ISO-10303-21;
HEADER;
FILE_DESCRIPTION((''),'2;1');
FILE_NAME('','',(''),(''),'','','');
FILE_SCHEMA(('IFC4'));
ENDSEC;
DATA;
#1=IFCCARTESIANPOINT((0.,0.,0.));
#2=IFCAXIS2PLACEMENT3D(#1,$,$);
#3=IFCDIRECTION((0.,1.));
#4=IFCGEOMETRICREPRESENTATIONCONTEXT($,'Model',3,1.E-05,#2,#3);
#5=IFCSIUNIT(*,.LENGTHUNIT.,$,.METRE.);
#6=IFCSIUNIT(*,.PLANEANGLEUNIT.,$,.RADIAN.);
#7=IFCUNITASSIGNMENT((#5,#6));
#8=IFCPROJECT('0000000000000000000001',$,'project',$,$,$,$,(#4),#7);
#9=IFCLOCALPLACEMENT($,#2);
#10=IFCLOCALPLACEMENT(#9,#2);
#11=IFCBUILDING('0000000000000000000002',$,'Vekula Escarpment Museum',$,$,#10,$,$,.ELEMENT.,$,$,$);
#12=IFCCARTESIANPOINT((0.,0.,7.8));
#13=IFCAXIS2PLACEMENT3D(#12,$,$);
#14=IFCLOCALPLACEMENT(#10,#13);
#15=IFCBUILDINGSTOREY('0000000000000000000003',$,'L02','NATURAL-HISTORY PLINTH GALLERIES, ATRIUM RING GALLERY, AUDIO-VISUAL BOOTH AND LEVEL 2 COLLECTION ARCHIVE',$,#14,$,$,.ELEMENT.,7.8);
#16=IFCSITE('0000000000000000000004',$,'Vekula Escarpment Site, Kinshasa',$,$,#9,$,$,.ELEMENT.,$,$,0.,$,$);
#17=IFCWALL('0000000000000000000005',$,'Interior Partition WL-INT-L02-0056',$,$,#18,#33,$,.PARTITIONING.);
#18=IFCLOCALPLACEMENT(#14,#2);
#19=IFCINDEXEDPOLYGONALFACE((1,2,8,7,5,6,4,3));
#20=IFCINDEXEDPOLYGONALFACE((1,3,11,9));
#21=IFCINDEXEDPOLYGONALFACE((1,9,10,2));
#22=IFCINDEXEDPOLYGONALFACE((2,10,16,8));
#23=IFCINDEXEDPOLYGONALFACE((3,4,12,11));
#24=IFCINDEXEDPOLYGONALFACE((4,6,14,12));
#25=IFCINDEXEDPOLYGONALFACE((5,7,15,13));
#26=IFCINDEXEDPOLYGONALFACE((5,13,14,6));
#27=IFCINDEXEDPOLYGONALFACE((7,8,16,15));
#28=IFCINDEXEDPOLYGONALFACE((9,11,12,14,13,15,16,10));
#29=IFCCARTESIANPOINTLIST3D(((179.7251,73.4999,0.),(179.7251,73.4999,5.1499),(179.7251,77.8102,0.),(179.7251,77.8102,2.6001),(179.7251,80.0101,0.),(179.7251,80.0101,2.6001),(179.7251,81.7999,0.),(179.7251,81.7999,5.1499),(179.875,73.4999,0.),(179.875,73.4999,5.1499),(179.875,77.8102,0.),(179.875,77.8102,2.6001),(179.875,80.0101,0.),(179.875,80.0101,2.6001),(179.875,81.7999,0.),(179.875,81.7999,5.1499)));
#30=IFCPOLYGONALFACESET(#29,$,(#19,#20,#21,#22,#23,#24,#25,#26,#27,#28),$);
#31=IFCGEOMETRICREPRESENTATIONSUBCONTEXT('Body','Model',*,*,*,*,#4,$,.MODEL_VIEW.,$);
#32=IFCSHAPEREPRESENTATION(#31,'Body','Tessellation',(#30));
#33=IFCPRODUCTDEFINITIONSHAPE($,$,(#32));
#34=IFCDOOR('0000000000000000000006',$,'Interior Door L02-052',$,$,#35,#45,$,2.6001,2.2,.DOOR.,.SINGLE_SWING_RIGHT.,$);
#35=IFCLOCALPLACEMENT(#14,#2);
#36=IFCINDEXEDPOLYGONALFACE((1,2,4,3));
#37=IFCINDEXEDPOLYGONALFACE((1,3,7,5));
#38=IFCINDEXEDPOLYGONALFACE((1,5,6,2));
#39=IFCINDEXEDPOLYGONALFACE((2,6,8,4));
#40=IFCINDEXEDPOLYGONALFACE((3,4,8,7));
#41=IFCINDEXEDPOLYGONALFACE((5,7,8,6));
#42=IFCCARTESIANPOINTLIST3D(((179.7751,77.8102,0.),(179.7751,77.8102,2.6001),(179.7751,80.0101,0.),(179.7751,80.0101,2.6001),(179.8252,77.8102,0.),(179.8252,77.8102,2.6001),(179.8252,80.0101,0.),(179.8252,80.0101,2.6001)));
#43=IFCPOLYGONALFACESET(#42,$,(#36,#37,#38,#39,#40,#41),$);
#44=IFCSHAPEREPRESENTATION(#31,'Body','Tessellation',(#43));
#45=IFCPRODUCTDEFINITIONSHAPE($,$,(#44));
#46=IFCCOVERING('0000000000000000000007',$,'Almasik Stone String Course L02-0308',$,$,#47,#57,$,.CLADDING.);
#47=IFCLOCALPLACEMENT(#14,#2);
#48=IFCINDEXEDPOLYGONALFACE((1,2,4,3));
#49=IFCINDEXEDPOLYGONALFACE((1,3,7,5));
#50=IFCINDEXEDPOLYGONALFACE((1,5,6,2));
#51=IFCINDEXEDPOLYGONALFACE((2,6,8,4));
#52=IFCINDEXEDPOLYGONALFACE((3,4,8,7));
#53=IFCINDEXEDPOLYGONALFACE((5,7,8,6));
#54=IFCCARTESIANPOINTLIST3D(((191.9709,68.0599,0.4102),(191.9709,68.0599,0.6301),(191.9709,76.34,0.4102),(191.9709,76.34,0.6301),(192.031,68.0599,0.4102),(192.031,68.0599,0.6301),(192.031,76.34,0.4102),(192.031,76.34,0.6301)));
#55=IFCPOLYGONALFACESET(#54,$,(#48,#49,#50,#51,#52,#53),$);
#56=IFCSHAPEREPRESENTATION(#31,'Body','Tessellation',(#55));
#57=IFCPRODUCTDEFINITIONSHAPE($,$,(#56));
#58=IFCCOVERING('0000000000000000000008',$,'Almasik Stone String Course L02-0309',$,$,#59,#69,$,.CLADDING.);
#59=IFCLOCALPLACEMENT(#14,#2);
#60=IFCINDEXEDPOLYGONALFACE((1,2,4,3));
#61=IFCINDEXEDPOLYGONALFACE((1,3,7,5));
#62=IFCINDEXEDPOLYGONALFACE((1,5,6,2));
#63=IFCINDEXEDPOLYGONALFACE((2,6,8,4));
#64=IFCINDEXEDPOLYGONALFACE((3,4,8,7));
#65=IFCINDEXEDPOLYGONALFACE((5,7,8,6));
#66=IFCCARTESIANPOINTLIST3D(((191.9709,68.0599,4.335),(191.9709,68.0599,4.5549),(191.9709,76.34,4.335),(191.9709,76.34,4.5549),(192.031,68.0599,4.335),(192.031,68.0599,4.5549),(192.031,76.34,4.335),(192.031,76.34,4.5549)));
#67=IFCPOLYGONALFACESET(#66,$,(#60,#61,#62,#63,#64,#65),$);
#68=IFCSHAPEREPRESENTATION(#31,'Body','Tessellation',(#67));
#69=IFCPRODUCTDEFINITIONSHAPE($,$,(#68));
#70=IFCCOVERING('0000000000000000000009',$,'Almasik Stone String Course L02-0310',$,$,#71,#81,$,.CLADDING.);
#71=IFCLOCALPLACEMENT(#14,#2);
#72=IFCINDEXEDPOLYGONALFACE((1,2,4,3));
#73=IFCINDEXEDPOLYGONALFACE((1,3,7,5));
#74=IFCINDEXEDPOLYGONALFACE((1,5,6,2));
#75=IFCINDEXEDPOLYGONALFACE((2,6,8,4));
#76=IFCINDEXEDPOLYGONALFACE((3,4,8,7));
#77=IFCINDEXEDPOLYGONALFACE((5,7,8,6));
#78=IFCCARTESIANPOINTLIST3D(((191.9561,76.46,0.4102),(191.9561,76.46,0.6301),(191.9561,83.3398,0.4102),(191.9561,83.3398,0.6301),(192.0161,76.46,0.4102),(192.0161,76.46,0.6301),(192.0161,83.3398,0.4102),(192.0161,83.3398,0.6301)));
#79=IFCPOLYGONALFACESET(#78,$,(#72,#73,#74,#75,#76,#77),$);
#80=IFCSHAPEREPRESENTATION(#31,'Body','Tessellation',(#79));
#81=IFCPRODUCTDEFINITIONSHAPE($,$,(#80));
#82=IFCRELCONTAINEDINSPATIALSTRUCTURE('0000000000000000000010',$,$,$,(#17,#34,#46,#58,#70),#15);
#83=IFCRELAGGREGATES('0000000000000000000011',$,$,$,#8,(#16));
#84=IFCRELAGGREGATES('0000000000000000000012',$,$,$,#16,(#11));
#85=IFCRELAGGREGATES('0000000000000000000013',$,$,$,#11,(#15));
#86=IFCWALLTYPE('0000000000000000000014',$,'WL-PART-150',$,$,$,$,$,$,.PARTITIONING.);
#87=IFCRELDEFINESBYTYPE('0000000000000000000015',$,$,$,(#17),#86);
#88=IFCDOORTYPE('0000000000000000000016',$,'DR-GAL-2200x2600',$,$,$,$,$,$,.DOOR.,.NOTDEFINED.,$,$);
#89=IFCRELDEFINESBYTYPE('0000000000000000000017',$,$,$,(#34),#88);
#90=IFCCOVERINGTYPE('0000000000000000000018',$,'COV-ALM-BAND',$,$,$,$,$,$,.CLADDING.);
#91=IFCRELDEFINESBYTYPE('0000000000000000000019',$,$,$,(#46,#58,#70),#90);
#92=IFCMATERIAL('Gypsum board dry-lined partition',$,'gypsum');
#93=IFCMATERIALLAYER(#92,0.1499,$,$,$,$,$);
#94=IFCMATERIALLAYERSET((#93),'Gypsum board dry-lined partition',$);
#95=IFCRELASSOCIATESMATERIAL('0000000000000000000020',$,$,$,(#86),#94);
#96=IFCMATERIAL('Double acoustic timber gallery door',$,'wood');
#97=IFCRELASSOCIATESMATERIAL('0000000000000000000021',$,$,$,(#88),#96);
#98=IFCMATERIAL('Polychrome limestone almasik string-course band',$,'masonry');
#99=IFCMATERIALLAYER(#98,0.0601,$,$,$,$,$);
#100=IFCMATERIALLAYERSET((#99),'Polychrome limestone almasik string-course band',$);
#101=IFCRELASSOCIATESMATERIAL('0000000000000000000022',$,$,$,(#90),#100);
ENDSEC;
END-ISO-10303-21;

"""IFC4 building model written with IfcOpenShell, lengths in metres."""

from ifc_helpers import new_model, si_unit, direction, frame, frame_2d, origin, origin_2d, place, context, subcontext, project, spatial, rectangle, extrude, material, layer, layer_set, type_object, element, fill, save


model = new_model("IFC4")

# Units and contexts
model_context = context("Model", 3, precision=1e-05, world=origin(), true_north=direction((0.0, 1.0)))
body_context = subcontext(model_context, "Body", "Model", "MODEL_VIEW")
ifc_project = project(units=[si_unit("LENGTHUNIT", "METRE"), si_unit("PLANEANGLEUNIT", "RADIAN")], contexts=[model_context])

# Site, building, storey
site_placement = place(None, origin())
site = spatial("IfcSite", under=ifc_project, at=site_placement, Name="Vekula Escarpment Site, Kinshasa", CompositionType="ELEMENT", RefElevation=0.0)
building_placement = place(site_placement, origin())
building = spatial("IfcBuilding", under=site, at=building_placement, Name="Vekula Escarpment Museum", CompositionType="ELEMENT")
storey_placement = place(building_placement, frame((0.0, 0.0, 7.8)))
storey = spatial("IfcBuildingStorey", under=building, at=storey_placement, Name="L02", Description="NATURAL-HISTORY PLINTH GALLERIES, ATRIUM RING GALLERY, AUDIO-VISUAL BOOTH AND LEVEL 2 COLLECTION ARCHIVE", CompositionType="ELEMENT", Elevation=7.8)

# Wall, opening, door
ifc_material_1 = material(Name="Gypsum board dry-lined partition", Category="gypsum")
ifc_layer_1 = layer(ifc_material_1, 0.1499)
ifc_layer_set_1 = layer_set([ifc_layer_1], Name="Gypsum board dry-lined partition")
wall_type_1 = type_object("IfcWallType", Name="WL-PART-150", PredefinedType="PARTITIONING", material=ifc_layer_set_1)
wall_1_placement = place(storey_placement, frame((179.8, 73.5, 0.0), z_axis=(0.0, 0.0, 1.0), x_axis=(0.0, 1.0, 0.0)))
wall_1 = element("IfcWall", 1, at=wall_1_placement, inside=storey, type_object=wall_type_1, Name="Interior Partition WL-INT-L02-0056", PredefinedType="PARTITIONING", context=body_context, shape_type="SweptSolid", body=[
    extrude(rectangle(XDim=8.3, YDim=0.1499, at=frame_2d((4.1499, 0.0))), origin(), (0.0, 0.0, 1.0), 5.1499),
])
opening_1_placement = place(wall_1_placement, frame((4.3101, 0.0, 0.0)))
opening_1 = element("IfcOpeningElement", 2, at=opening_1_placement, cuts=wall_1, PredefinedType="OPENING", context=body_context, shape_type="SweptSolid", body=[
    extrude(rectangle(XDim=2.2, YDim=2.6001, at=frame_2d((1.1001, 1.3))), frame((0.0, 0.085, 0.0), z_axis=(0.0, -1.0, 0.0), x_axis=(1.0, 0.0, 0.0)), (0.0, 0.0, 1.0), 0.1699),
])
ifc_material_2 = material(Name="Double acoustic timber gallery door", Category="wood")
door_type_1 = type_object("IfcDoorType", Name="DR-GAL-2200x2600", OperationType="NOTDEFINED", PredefinedType="DOOR", material=ifc_material_2)
door_1_placement = place(opening_1_placement, origin())
door_1 = element("IfcDoor", 3, at=door_1_placement, inside=storey, type_object=door_type_1, Name="Interior Door L02-052", OperationType="SINGLE_SWING_RIGHT", OverallHeight=2.6001, OverallWidth=2.2, PredefinedType="DOOR", context=body_context, shape_type="SweptSolid", body=[
    extrude(rectangle(XDim=2.2, YDim=2.6001, at=frame_2d((1.1001, 1.3))), frame((0.0, 0.0249, 0.0), z_axis=(0.0, -1.0, 0.0), x_axis=(1.0, 0.0, 0.0)), (0.0, 0.0, 1.0), 0.05),
])
fill(opening_1, door_1)

# Coverings
ifc_material_3 = material(Name="Polychrome limestone almasik string-course band", Category="masonry")
ifc_layer_2 = layer(ifc_material_3, 0.0601)
ifc_layer_set_2 = layer_set([ifc_layer_2], Name="Polychrome limestone almasik string-course band")
covering_type = type_object("IfcCoveringType", Name="COV-ALM-BAND", PredefinedType="CLADDING", material=ifc_layer_set_2)
for number, where, z_axis, x_axis, name in (
    (4, (192.001, 72.2, 0.4102), (0.0, 0.0, 1.0), (0.0, 1.0, 0.0), "Almasik Stone String Course L02-0308"),
    (5, (192.001, 72.2, 4.335), (0.0, 0.0, 1.0), (0.0, 1.0, 0.0), "Almasik Stone String Course L02-0309"),
):
    element("IfcCovering", number, at=place(storey_placement, frame(where, z_axis=z_axis, x_axis=x_axis)), inside=storey, type_object=covering_type, Name=name, PredefinedType="CLADDING", context=body_context, shape_type="SweptSolid", body=[
        extrude(rectangle(XDim=8.28, YDim=0.0601, at=origin_2d()), origin(), (0.0, 0.0, 1.0), 0.22),
    ])
covering_placement = place(storey_placement, frame((191.9861, 79.8999, 0.4102), z_axis=(0.0, 0.0, 1.0), x_axis=(0.0, 1.0, 0.0)))
element("IfcCovering", 6, at=covering_placement, inside=storey, type_object=covering_type, Name="Almasik Stone String Course L02-0310", PredefinedType="CLADDING", context=body_context, shape_type="SweptSolid", body=[
    extrude(rectangle(XDim=6.8799, YDim=0.0601, at=origin_2d()), origin(), (0.0, 0.0, 1.0), 0.22),
])

save(model, "model.ifc")
